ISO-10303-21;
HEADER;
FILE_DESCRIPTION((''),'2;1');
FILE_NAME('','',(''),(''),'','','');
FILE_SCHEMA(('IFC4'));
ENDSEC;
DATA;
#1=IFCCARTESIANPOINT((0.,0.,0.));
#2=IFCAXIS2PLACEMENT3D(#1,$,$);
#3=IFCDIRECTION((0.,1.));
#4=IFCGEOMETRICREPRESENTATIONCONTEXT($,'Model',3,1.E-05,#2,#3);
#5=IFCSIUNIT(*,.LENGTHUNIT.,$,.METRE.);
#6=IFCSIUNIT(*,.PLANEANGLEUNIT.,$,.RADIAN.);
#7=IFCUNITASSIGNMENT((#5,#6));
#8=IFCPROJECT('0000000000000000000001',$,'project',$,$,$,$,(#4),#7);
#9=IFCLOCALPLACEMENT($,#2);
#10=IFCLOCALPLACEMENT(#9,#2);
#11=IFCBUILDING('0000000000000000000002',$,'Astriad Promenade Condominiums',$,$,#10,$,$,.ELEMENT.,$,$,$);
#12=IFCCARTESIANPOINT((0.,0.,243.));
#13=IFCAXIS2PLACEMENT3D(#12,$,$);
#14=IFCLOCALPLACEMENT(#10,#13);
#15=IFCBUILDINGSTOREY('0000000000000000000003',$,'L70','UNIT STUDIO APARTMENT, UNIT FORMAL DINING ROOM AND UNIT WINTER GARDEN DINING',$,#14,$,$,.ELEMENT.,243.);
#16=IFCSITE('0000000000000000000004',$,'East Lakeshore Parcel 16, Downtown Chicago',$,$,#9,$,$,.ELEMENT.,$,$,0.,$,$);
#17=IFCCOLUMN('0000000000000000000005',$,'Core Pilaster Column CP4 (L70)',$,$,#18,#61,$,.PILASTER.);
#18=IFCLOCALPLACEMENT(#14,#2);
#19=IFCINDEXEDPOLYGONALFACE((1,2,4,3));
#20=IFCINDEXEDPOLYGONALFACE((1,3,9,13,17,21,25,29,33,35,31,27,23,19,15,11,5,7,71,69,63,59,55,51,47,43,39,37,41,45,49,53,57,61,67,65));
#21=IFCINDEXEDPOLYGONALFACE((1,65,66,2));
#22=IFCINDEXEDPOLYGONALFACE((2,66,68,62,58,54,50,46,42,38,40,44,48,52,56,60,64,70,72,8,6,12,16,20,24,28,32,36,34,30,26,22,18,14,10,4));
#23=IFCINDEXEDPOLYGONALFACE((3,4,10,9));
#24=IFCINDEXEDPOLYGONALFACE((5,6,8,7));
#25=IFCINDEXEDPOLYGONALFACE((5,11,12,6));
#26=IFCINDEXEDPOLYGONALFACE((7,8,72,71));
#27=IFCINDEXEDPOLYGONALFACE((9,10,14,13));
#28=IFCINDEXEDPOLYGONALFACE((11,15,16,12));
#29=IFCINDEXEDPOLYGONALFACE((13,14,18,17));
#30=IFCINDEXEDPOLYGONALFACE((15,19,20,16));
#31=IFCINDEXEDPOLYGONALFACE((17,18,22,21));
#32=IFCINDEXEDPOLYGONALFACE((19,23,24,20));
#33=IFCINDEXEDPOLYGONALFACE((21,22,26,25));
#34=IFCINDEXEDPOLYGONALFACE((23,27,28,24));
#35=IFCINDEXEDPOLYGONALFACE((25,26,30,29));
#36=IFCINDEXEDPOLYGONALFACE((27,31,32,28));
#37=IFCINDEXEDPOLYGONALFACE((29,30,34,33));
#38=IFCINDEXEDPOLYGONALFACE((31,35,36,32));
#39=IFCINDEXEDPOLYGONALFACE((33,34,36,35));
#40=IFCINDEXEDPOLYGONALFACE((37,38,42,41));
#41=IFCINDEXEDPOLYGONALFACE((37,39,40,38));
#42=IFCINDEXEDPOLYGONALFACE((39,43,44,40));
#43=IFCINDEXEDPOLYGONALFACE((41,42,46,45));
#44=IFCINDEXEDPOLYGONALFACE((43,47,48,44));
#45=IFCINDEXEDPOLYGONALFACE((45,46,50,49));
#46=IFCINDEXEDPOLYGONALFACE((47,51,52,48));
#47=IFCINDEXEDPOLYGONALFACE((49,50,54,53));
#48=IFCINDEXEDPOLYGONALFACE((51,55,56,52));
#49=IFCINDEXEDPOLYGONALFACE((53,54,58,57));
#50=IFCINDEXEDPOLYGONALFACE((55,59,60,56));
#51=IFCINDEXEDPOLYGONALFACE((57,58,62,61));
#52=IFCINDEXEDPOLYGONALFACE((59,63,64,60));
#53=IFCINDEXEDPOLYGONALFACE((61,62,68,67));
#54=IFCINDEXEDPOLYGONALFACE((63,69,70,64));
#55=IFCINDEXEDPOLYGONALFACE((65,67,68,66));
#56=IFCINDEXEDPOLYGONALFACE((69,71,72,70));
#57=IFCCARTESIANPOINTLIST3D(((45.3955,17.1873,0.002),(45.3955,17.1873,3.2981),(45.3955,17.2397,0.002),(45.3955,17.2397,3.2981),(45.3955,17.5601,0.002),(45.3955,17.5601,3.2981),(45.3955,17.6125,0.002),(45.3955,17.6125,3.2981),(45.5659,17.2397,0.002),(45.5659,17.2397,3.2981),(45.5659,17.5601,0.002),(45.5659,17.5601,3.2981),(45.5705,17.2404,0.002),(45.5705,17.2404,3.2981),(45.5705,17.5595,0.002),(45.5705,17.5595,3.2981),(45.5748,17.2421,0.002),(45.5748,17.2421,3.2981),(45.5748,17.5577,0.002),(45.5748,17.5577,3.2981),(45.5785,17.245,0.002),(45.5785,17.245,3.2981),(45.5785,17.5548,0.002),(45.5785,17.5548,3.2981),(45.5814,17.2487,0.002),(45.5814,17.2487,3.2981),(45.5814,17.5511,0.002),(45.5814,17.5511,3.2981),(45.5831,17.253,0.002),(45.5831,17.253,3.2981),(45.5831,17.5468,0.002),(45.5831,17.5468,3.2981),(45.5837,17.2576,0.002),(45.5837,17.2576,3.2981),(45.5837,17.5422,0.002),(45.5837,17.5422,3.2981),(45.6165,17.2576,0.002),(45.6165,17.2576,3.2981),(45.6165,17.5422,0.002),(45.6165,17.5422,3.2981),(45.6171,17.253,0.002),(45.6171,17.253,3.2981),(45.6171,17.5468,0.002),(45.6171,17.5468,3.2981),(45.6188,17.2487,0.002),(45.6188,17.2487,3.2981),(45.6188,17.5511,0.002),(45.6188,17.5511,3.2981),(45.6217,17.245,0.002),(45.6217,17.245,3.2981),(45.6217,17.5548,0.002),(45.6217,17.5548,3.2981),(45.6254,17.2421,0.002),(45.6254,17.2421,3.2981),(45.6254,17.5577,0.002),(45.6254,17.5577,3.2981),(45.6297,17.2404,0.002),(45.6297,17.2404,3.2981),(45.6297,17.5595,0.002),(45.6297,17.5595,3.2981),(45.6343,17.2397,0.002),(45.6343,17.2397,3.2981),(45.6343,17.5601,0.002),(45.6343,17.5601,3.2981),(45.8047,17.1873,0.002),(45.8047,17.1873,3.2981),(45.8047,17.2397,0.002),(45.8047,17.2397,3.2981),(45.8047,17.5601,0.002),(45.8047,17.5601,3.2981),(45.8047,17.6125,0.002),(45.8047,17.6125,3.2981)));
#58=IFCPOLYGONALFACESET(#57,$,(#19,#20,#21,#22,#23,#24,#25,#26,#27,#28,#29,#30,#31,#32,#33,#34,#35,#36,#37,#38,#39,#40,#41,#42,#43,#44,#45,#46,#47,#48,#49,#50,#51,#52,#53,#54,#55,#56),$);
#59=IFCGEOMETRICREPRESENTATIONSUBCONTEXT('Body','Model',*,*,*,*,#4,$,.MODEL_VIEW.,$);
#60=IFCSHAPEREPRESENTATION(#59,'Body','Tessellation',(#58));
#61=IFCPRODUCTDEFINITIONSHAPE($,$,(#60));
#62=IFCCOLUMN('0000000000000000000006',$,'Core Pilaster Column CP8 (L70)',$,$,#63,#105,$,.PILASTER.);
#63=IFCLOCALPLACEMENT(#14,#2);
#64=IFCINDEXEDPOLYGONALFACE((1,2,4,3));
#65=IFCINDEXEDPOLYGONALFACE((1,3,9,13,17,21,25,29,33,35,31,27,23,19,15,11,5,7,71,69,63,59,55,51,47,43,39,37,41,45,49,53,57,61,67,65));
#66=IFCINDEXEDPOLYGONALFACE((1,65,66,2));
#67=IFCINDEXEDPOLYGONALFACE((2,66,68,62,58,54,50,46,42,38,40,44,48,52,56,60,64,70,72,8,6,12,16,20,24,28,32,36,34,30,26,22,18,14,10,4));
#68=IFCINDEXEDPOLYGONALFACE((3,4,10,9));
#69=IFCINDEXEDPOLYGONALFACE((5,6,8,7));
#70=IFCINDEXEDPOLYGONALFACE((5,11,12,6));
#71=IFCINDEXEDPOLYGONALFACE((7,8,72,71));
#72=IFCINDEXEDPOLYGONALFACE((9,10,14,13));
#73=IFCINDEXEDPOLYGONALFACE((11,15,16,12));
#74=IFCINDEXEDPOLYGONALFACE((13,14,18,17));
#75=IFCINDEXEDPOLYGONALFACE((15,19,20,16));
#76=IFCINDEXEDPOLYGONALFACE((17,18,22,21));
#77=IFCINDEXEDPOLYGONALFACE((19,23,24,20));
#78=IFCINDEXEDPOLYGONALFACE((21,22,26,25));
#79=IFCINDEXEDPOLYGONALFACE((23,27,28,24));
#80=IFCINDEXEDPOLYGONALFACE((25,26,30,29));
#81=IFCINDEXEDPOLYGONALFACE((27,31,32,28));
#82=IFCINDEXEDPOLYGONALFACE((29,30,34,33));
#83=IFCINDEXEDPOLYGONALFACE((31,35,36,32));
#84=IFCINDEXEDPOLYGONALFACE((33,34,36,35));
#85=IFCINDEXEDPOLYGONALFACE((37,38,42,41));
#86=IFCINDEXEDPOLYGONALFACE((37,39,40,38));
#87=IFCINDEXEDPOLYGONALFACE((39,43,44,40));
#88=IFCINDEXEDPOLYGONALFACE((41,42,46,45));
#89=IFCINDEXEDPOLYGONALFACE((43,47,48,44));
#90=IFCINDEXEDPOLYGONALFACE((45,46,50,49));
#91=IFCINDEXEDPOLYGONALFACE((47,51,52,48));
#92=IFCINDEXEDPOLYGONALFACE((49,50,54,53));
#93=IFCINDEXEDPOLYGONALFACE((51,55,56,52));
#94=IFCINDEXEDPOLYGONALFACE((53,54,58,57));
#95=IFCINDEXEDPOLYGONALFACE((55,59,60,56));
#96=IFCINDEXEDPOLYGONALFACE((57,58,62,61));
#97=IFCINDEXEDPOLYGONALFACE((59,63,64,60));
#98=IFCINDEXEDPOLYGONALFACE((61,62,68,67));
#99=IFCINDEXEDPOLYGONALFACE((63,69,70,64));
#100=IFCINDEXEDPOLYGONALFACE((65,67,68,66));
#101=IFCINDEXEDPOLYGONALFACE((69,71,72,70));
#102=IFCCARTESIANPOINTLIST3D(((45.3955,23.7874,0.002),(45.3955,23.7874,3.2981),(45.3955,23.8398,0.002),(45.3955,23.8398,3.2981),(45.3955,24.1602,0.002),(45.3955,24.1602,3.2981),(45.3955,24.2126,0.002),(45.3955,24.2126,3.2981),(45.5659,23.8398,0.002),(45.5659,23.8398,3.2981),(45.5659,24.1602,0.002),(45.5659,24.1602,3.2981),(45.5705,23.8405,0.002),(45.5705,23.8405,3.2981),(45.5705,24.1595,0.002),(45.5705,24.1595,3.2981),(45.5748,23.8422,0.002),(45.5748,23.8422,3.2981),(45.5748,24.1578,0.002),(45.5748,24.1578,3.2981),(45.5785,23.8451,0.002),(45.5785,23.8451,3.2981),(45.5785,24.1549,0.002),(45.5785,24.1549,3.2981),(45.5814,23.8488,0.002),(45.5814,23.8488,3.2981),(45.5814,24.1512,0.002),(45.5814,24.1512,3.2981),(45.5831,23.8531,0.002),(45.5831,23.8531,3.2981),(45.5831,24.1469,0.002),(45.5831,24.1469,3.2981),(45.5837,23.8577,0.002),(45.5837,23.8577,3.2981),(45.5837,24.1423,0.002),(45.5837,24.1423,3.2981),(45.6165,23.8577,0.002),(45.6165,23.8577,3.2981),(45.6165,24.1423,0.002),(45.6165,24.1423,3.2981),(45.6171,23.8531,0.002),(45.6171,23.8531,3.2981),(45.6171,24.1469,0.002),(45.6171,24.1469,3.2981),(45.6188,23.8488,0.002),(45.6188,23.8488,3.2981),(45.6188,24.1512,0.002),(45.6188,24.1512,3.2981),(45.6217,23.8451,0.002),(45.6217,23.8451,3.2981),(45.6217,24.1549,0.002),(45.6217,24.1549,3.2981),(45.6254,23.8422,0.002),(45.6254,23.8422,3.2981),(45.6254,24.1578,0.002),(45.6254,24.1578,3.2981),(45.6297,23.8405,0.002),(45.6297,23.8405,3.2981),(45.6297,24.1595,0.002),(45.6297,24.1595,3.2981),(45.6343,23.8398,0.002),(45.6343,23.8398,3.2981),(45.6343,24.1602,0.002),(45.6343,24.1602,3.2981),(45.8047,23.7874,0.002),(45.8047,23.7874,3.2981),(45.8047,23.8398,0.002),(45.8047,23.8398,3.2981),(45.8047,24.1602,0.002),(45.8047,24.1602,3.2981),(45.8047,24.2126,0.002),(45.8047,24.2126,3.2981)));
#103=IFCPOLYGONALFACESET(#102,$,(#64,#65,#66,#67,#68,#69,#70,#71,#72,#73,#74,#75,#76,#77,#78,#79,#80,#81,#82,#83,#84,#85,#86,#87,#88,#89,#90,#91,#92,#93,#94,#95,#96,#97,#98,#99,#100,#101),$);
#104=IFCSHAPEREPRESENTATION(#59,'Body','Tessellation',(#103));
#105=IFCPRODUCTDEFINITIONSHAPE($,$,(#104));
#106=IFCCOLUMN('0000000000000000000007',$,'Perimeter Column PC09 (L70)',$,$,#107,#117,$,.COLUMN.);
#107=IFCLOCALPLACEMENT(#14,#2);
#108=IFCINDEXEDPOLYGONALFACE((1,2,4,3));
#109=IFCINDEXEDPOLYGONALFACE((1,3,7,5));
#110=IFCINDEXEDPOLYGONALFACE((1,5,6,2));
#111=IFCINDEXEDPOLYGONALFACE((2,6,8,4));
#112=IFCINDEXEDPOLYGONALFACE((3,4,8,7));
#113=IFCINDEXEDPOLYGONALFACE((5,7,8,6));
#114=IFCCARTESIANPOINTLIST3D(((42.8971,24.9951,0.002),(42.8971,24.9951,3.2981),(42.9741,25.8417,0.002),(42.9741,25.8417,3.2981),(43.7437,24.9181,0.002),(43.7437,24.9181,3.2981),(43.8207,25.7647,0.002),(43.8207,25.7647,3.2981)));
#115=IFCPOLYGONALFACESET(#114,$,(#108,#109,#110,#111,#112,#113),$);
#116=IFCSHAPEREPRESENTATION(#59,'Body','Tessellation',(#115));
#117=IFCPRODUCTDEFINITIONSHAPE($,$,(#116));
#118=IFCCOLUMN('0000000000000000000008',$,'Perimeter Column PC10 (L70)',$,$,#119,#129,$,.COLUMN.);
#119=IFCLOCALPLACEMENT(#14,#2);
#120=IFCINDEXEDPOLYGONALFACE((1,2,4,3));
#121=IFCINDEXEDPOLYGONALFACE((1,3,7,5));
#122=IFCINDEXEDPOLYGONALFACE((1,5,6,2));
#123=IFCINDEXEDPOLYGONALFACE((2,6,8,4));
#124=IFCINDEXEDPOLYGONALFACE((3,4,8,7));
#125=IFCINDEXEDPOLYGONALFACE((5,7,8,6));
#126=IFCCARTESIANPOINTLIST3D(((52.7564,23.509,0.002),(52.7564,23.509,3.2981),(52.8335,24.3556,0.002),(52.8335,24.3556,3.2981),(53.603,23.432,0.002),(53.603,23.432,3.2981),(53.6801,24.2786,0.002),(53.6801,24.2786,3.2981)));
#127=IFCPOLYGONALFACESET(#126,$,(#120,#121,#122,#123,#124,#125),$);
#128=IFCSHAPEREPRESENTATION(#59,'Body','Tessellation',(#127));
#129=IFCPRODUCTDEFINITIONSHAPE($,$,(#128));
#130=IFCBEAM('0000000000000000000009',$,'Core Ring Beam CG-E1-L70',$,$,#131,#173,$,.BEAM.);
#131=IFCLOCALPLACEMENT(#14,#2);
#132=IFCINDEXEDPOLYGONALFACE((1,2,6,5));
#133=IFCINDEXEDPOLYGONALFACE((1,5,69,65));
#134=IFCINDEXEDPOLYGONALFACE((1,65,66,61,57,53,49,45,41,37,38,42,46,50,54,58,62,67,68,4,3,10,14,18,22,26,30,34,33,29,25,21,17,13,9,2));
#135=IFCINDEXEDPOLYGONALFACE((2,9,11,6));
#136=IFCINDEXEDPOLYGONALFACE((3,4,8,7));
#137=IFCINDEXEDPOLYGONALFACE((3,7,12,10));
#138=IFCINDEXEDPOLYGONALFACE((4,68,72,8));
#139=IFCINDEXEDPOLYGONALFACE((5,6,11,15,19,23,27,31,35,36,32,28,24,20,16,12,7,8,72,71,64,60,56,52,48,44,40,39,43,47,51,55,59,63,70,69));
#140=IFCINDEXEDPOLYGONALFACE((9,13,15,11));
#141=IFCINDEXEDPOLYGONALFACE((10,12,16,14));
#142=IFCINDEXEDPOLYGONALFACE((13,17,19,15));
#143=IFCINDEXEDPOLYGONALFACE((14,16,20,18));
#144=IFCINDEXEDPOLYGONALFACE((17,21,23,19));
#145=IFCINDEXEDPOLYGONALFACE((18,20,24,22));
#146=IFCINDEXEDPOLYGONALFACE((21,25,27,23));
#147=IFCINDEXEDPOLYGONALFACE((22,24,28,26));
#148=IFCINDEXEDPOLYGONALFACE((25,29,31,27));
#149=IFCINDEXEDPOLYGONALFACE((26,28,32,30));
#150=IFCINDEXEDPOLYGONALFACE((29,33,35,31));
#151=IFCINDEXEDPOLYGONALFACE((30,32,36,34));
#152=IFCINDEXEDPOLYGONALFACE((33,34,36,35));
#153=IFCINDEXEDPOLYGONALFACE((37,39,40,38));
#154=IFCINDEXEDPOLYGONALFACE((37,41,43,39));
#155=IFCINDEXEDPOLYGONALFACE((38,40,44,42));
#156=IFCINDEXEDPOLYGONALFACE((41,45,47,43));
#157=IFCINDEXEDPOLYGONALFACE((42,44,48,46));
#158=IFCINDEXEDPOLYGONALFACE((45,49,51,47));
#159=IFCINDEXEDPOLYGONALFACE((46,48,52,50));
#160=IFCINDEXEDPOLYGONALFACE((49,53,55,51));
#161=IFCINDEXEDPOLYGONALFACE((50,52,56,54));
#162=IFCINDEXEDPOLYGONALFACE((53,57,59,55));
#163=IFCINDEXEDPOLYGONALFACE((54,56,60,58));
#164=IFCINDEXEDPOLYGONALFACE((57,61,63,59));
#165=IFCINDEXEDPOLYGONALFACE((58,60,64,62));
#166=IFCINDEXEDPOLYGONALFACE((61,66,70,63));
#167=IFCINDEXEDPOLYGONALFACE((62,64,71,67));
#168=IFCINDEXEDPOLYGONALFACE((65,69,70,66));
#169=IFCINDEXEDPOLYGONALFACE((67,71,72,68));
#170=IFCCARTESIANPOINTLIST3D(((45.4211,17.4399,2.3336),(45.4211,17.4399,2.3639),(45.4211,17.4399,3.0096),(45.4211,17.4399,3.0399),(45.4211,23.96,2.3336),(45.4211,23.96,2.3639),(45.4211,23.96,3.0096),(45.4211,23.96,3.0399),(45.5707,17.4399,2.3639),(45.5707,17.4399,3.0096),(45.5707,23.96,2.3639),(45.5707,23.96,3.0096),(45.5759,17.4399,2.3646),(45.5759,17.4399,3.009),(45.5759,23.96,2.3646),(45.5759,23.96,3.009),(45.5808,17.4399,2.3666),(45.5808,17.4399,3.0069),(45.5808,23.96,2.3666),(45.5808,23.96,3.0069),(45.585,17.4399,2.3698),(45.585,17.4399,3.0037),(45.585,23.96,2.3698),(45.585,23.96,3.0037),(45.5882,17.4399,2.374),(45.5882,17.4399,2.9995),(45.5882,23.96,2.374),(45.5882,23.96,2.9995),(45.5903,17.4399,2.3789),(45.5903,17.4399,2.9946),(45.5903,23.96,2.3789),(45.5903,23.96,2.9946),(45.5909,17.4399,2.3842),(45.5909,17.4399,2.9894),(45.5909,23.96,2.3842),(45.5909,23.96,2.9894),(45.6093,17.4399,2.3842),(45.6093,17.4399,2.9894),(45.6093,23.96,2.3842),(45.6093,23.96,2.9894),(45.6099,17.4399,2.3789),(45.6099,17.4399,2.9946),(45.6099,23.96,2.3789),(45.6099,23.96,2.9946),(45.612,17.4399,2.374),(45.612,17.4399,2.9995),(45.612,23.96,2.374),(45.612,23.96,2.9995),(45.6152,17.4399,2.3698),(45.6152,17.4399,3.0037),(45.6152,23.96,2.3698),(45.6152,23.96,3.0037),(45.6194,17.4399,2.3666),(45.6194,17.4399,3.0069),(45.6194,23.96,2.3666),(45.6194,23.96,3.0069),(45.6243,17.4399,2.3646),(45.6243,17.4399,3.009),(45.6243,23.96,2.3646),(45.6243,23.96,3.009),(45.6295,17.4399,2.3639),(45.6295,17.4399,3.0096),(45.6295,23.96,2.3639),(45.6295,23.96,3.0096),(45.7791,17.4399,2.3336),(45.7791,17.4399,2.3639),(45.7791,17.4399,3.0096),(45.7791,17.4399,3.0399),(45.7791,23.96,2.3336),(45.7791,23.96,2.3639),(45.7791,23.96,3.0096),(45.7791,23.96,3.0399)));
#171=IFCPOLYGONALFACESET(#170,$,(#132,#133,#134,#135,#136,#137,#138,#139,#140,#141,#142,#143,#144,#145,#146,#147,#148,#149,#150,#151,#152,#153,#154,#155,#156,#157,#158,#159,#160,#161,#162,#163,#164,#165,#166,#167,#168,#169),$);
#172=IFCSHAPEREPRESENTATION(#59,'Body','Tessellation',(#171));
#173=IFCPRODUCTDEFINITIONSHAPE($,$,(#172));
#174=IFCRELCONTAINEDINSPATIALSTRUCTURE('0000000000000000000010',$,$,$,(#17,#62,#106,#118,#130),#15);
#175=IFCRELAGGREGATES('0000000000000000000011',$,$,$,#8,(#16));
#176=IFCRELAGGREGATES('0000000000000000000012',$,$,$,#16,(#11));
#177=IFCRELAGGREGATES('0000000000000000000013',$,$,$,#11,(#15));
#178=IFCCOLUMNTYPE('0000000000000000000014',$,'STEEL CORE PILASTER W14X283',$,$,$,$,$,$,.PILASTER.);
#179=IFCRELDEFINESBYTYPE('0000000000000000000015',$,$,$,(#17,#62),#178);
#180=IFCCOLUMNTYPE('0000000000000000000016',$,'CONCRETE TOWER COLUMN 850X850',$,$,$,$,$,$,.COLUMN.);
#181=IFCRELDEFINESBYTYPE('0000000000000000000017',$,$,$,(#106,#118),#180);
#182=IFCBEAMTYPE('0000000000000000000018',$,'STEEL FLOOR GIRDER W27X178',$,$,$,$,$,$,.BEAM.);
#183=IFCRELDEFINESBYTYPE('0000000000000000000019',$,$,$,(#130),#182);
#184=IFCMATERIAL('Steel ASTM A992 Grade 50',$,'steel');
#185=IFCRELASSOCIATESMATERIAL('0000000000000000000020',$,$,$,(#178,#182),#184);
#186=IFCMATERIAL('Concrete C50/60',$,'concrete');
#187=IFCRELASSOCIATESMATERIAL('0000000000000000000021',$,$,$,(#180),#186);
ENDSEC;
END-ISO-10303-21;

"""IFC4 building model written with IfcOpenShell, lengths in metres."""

from ifc_helpers import new_model, si_unit, direction, frame, origin, origin_2d, place, context, subcontext, project, spatial, rectangle, i_section, extrude, source, transform, mapped, material, material_profile, profile_set, type_object, type_shapes, element, save


model = new_model("IFC4")

# Units and contexts
model_context = context("Model", 3, precision=1e-05, world=origin(), true_north=direction((0.0, 1.0)))
body_context = subcontext(model_context, "Body", "Model", "MODEL_VIEW")
ifc_project = project(units=[si_unit("LENGTHUNIT", "METRE"), si_unit("PLANEANGLEUNIT", "RADIAN")], contexts=[model_context])

# Site, building, storey
site_placement = place(None, origin())
site = spatial("IfcSite", under=ifc_project, at=site_placement, Name="East Lakeshore Parcel 16, Downtown Chicago", CompositionType="ELEMENT", RefElevation=0.0)
building_placement = place(site_placement, origin())
building = spatial("IfcBuilding", under=site, at=building_placement, Name="Astriad Promenade Condominiums", CompositionType="ELEMENT")
storey_placement = place(building_placement, frame((0.0, 0.0, 243.0)))
storey = spatial("IfcBuildingStorey", under=building, at=storey_placement, Name="L70", Description="UNIT STUDIO APARTMENT, UNIT FORMAL DINING ROOM AND UNIT WINTER GARDEN DINING", CompositionType="ELEMENT", Elevation=243.0)

# Columns
ifc_material_1 = material(Name="Steel ASTM A992 Grade 50", Category="steel")
ifc_material_profile_1 = material_profile(ifc_material_1, i_section(OverallWidth=0.4092, OverallDepth=0.4253, WebThickness=0.0327, FlangeThickness=0.0525, FilletRadius=0.0178, at=origin_2d()), Name="W14X283")
ifc_profile_set_1 = profile_set([ifc_material_profile_1], Name="Steel ASTM A992 Grade 50")
column_type_1 = type_object("IfcColumnType", Name="STEEL CORE PILASTER W14X283", PredefinedType="PILASTER", material=ifc_profile_set_1)
shared_shape_1 = source(origin(), body_context, "Body", "SweptSolid", [
    extrude(i_section(OverallWidth=0.4092, OverallDepth=0.4253, WebThickness=0.0327, FlangeThickness=0.0525, FilletRadius=0.0178, at=origin_2d()), origin(), (0.0, 0.0, 1.0), 3.2961),
])
type_shapes(column_type_1, [shared_shape_1])
for number, where, z_axis, x_axis, name in (
    (1, (45.6001, 17.3999, 0.002), (0.0, 0.0, 1.0), (1.0, 0.0, 0.0), "Core Pilaster Column CP4 (L70)"),
    (2, (45.6001, 24.0, 0.002), (0.0, 0.0, 1.0), (1.0, 0.0, 0.0), "Core Pilaster Column CP8 (L70)"),
):
    element("IfcColumn", number, at=place(storey_placement, frame(where, z_axis=z_axis, x_axis=x_axis)), inside=storey, type_object=column_type_1, Name=name, PredefinedType="PILASTER", context=body_context, shape_type="MappedRepresentation", body=[
        mapped(shared_shape_1, transform((0.0, 0.0, 0.0), scale=1.0)),
    ])
ifc_material_2 = material(Name="Concrete C50/60", Category="concrete")
ifc_material_profile_2 = material_profile(ifc_material_2, rectangle(XDim=0.8501, YDim=0.8501, at=origin_2d()), Name="RC-COL-850X850")
ifc_profile_set_2 = profile_set([ifc_material_profile_2], Name="Concrete C50/60")
column_type_2 = type_object("IfcColumnType", Name="CONCRETE TOWER COLUMN 850X850", PredefinedType="COLUMN", material=ifc_profile_set_2)
shared_shape_2 = source(origin(), body_context, "Body", "SweptSolid", [
    extrude(rectangle(XDim=0.8501, YDim=0.8501, at=origin_2d()), origin(), (0.0, 0.0, 1.0), 3.2961),
])
type_shapes(column_type_2, [shared_shape_2])
for number, where, z_axis, x_axis, name in (
    (3, (43.3589, 25.3799, 0.002), (0.0, 0.0, 1.0), (0.995884, -0.090633, 0.0), "Perimeter Column PC09 (L70)"),
    (4, (53.2183, 23.8938, 0.002), (0.0, 0.0, 1.0), (0.995884, -0.090633, 0.0), "Perimeter Column PC10 (L70)"),
):
    element("IfcColumn", number, at=place(storey_placement, frame(where, z_axis=z_axis, x_axis=x_axis)), inside=storey, type_object=column_type_2, Name=name, PredefinedType="COLUMN", context=body_context, shape_type="MappedRepresentation", body=[
        mapped(shared_shape_2, transform((0.0, 0.0, 0.0), scale=1.0)),
    ])

# Beam
ifc_material_profile_3 = material_profile(ifc_material_1, i_section(OverallWidth=0.3579, OverallDepth=0.7063, WebThickness=0.0183, FlangeThickness=0.0303, FilletRadius=0.0203, at=origin_2d()), Name="W27X178")
ifc_profile_set_3 = profile_set([ifc_material_profile_3], Name="Steel ASTM A992 Grade 50")
beam_type_1 = type_object("IfcBeamType", Name="STEEL FLOOR GIRDER W27X178", PredefinedType="BEAM", material=ifc_profile_set_3)
shared_shape_3 = source(origin(), body_context, "Body", "SweptSolid", [
    extrude(i_section(OverallWidth=0.3579, OverallDepth=0.7063, WebThickness=0.0183, FlangeThickness=0.0303, FilletRadius=0.0203, at=origin_2d()), origin(), (0.0, 0.0, 1.0), 6.52),
])
type_shapes(beam_type_1, [shared_shape_3])
beam_1_placement = place(storey_placement, frame((45.6001, 17.4399, 2.6868), z_axis=(0.0, 1.0, 0.0), x_axis=(-1.0, 0.0, 0.0)))
element("IfcBeam", 5, at=beam_1_placement, inside=storey, type_object=beam_type_1, Name="Core Ring Beam CG-E1-L70", PredefinedType="BEAM", context=body_context, shape_type="MappedRepresentation", body=[
    mapped(shared_shape_3, transform((0.0, 0.0, 0.0), scale=1.0)),
])

save(model, "model.ifc")
